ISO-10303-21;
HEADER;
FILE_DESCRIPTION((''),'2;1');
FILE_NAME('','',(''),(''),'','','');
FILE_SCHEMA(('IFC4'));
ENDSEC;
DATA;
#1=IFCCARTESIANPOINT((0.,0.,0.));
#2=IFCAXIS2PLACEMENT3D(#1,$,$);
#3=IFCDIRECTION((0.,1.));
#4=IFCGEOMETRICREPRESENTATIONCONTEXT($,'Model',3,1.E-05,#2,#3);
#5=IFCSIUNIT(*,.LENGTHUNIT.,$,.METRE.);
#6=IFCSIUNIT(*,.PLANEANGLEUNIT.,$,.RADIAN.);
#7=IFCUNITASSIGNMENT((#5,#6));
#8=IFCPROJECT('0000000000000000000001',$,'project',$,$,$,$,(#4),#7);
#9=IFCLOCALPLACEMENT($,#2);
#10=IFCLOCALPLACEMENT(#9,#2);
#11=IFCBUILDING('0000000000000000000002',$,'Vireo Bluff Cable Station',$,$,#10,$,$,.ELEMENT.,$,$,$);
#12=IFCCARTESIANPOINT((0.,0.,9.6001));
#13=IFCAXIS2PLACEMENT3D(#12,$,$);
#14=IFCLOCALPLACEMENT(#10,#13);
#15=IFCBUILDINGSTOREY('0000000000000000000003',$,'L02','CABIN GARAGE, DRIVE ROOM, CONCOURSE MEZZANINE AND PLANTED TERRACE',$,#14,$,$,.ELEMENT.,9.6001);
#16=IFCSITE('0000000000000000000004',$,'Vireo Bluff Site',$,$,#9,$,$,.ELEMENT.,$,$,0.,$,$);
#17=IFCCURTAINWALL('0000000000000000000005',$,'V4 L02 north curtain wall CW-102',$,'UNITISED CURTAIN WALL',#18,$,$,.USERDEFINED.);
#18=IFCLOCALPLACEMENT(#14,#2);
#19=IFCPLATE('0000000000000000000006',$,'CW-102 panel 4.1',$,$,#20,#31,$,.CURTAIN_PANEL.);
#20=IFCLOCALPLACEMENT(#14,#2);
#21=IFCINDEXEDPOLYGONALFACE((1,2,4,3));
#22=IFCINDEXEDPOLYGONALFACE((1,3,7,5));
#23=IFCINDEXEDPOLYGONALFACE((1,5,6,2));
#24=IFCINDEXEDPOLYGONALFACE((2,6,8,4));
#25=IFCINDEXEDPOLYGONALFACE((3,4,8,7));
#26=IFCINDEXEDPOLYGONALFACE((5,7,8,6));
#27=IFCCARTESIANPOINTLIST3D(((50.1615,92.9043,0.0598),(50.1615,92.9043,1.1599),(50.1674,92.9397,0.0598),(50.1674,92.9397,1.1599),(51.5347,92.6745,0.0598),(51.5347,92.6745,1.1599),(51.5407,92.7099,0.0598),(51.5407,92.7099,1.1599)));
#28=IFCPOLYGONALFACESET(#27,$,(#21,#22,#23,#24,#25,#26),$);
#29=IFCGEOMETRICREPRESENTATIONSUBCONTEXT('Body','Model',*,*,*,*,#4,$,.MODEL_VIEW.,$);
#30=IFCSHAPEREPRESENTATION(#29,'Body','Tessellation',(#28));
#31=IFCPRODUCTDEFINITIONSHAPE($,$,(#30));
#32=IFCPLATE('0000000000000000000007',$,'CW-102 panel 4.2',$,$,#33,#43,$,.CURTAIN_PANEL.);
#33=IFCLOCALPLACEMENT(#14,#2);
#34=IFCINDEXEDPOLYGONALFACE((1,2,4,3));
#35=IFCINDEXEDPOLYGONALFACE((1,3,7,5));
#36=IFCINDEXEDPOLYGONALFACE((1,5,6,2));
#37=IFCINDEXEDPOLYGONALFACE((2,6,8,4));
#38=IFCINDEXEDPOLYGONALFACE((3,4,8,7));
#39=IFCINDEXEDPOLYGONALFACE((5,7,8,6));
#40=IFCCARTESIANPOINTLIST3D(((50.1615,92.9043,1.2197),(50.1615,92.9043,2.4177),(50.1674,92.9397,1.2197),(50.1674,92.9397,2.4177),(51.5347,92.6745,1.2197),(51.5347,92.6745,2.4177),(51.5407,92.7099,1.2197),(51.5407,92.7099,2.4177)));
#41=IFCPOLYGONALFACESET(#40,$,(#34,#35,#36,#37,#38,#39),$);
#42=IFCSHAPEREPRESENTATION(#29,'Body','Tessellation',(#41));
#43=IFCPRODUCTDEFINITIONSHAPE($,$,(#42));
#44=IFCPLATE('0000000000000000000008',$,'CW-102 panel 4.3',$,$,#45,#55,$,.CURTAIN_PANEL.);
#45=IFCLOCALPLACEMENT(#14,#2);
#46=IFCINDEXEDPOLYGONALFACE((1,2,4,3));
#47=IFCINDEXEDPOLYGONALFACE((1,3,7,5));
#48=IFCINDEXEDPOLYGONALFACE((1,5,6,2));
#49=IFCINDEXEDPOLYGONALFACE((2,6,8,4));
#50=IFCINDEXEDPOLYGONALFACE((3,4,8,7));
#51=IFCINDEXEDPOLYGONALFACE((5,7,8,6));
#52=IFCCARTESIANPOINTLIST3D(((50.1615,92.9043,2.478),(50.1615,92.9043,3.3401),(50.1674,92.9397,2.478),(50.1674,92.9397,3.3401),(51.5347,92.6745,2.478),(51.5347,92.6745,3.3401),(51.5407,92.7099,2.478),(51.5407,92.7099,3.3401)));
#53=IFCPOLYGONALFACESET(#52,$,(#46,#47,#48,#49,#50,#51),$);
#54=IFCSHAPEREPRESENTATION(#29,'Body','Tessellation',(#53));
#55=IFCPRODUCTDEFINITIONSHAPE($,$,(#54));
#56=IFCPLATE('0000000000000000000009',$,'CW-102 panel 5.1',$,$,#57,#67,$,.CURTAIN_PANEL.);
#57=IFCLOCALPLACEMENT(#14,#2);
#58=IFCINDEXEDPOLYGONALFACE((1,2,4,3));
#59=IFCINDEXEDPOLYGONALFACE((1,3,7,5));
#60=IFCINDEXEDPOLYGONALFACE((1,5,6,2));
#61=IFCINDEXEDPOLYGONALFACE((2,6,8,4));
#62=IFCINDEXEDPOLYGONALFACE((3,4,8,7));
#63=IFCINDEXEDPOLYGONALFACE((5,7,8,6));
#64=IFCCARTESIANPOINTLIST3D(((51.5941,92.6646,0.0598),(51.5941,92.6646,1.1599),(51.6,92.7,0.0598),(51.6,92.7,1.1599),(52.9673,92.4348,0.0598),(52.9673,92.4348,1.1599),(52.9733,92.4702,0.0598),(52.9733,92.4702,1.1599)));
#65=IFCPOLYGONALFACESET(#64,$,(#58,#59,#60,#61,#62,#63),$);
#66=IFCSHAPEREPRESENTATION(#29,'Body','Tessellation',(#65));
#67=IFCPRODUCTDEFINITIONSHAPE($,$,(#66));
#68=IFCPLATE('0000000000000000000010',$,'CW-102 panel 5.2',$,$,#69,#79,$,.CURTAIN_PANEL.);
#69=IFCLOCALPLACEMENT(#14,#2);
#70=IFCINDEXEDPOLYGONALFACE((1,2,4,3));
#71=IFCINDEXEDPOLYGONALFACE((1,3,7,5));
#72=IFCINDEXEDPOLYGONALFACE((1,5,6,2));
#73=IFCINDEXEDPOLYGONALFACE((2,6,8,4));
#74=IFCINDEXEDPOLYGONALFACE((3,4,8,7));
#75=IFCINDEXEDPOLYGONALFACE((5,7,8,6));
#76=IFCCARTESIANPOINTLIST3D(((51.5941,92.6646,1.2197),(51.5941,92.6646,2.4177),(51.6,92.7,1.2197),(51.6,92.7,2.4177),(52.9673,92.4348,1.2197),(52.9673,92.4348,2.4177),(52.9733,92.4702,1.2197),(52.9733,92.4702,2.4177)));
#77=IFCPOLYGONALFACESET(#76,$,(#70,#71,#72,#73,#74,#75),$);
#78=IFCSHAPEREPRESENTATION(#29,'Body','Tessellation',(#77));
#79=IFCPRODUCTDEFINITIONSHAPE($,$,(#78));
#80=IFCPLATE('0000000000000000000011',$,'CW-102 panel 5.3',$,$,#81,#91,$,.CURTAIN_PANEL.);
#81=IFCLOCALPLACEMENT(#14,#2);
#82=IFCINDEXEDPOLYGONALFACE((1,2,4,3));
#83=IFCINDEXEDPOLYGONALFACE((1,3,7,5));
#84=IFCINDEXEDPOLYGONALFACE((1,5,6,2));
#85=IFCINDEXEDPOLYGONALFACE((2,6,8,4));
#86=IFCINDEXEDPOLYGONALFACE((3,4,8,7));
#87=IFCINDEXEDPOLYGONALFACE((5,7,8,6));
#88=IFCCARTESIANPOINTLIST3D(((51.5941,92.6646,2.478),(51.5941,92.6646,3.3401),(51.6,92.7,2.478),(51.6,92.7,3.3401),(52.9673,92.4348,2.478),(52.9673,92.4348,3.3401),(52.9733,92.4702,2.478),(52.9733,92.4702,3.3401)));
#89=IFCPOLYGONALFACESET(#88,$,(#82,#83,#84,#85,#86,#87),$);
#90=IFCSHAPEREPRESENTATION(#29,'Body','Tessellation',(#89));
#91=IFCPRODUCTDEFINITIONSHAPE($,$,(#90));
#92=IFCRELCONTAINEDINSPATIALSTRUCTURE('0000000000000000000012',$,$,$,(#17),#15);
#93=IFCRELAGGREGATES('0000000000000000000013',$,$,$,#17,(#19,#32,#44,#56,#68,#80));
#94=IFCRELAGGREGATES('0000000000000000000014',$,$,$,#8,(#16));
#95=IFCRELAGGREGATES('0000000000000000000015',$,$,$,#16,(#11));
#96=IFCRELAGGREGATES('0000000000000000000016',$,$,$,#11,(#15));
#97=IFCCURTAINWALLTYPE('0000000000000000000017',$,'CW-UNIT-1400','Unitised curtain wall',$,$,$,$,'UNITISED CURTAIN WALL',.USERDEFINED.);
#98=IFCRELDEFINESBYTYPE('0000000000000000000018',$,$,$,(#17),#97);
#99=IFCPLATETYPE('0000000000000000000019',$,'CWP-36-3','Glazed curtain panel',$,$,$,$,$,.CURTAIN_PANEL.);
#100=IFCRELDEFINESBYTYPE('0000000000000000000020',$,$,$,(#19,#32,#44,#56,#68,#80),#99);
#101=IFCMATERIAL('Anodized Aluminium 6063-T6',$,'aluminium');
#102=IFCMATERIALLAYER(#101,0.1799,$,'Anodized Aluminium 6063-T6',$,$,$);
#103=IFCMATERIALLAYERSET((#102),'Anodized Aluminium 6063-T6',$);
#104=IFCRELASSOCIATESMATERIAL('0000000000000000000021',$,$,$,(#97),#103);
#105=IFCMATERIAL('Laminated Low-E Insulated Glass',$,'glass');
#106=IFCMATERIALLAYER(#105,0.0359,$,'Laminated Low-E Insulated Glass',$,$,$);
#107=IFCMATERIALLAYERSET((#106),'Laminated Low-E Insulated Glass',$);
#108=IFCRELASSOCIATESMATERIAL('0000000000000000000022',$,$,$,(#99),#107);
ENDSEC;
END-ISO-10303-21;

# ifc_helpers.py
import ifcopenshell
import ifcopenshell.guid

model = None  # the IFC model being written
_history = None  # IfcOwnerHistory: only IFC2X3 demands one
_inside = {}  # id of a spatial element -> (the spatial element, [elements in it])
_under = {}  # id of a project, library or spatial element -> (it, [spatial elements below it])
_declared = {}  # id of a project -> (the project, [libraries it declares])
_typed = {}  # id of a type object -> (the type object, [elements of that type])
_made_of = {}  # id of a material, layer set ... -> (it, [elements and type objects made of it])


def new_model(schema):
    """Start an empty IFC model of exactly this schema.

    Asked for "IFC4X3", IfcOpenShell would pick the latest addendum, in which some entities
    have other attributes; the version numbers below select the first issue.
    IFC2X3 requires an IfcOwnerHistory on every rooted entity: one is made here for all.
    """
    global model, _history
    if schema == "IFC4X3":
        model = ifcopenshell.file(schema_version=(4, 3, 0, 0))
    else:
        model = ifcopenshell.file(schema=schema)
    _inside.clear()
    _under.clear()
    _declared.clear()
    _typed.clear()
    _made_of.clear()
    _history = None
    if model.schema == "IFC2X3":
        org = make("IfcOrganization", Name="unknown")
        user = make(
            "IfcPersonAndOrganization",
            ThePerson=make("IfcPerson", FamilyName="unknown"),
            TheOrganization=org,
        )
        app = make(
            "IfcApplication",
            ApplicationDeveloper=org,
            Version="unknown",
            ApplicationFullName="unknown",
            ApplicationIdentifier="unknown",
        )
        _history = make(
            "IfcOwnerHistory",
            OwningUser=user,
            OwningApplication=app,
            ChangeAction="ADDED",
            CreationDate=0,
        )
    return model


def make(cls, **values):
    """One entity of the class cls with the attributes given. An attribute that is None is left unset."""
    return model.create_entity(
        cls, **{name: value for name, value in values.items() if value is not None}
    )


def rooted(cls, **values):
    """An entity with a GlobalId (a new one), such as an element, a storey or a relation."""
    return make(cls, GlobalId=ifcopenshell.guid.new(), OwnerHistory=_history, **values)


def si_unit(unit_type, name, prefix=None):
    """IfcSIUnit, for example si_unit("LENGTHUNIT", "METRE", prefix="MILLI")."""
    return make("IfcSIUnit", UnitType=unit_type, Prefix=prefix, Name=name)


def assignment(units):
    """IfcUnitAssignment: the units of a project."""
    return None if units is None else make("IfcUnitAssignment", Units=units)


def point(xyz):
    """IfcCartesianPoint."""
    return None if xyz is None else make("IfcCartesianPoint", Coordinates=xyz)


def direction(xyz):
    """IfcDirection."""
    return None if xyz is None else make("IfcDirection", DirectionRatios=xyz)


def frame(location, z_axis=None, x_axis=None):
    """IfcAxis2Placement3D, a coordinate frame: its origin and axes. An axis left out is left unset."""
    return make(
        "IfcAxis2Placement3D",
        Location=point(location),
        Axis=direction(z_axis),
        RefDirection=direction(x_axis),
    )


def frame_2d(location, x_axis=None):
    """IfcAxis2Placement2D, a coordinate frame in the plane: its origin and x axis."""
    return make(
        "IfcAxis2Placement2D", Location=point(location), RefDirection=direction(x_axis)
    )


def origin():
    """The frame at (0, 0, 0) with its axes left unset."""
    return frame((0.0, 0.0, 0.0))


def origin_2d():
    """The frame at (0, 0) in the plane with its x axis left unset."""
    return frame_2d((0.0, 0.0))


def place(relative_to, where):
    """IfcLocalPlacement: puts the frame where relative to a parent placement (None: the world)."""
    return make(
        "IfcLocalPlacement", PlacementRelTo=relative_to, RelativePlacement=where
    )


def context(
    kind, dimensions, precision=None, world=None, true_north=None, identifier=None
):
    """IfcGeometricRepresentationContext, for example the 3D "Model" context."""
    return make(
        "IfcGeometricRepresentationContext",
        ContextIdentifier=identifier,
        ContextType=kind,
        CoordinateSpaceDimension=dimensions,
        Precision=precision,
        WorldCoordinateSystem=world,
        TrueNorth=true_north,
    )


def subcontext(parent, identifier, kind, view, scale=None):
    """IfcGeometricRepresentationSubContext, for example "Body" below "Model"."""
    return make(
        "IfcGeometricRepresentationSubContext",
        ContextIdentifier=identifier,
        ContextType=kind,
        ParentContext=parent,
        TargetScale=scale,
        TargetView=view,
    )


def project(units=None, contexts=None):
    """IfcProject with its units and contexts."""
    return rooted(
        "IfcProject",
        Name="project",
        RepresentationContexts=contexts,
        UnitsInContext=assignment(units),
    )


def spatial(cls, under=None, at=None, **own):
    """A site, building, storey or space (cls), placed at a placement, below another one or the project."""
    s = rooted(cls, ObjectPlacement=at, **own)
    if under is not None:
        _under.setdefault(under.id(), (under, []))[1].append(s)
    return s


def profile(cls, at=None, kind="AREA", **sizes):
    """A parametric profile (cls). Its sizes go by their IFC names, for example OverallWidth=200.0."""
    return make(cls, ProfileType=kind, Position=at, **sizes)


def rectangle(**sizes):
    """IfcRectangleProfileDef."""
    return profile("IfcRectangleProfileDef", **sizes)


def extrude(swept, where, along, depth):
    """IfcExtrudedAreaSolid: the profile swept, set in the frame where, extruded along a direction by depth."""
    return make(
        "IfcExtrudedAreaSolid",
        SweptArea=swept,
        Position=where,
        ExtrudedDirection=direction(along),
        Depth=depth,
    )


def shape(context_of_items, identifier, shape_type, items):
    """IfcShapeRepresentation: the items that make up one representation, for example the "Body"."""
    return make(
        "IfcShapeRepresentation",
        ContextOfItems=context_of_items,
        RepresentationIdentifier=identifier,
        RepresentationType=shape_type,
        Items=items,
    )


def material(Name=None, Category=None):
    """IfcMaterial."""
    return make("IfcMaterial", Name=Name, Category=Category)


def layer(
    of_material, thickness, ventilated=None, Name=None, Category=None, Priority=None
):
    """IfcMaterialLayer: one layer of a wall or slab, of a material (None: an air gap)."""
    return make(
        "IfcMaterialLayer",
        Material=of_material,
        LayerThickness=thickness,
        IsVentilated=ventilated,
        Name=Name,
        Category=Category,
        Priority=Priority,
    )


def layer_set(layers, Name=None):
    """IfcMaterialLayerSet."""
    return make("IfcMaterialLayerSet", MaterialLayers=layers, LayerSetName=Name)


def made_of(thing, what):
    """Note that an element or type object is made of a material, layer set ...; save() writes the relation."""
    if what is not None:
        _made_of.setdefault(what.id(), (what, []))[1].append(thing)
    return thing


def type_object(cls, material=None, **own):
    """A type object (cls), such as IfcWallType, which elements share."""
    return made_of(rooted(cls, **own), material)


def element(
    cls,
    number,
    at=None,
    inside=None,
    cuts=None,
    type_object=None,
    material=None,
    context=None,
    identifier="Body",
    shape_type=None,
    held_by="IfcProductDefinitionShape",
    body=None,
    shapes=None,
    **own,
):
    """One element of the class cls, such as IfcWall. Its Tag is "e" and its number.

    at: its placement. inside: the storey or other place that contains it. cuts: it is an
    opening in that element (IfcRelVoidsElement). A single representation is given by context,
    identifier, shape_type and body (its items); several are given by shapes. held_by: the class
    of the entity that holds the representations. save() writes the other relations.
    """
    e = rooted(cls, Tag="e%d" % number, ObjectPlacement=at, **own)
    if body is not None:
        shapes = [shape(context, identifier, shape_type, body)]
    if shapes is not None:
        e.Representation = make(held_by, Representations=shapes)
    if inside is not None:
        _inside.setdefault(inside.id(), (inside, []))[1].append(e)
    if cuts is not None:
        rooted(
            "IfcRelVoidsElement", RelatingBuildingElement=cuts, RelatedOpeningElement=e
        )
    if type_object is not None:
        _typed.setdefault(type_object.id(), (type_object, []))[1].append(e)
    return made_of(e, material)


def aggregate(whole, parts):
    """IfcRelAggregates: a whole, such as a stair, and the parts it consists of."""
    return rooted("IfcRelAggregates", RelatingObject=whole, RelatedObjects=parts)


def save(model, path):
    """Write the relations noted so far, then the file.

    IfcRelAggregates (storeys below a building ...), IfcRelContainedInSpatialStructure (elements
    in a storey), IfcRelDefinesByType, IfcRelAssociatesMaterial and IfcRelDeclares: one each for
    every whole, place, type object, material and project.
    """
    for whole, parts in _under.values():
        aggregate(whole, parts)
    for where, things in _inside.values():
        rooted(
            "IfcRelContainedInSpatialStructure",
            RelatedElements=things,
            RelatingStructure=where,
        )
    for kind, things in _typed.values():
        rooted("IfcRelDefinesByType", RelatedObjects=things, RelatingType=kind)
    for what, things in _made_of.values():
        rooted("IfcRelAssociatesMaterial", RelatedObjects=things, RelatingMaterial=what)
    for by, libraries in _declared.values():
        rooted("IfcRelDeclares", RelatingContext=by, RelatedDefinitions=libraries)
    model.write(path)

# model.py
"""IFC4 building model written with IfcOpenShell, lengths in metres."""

from ifc_helpers import new_model, si_unit, direction, frame, origin, origin_2d, place, context, subcontext, project, spatial, rectangle, extrude, material, layer, layer_set, type_object, element, aggregate, save


model = new_model("IFC4")

# Units and contexts
model_context = context("Model", 3, precision=1e-05, world=origin(), true_north=direction((0.0, 1.0)))
body_context = subcontext(model_context, "Body", "Model", "MODEL_VIEW")
ifc_project = project(units=[si_unit("LENGTHUNIT", "METRE"), si_unit("PLANEANGLEUNIT", "RADIAN")], contexts=[model_context])

# Site, building, storey
site_placement = place(None, origin())
site = spatial("IfcSite", under=ifc_project, at=site_placement, Name="Vireo Bluff Site", CompositionType="ELEMENT", RefElevation=0.0)
building_placement = place(site_placement, origin())
building = spatial("IfcBuilding", under=site, at=building_placement, Name="Vireo Bluff Cable Station", CompositionType="ELEMENT")
storey_placement = place(building_placement, frame((0.0, 0.0, 9.6001)))
storey = spatial("IfcBuildingStorey", under=building, at=storey_placement, Name="L02", Description="CABIN GARAGE, DRIVE ROOM, CONCOURSE MEZZANINE AND PLANTED TERRACE", CompositionType="ELEMENT", Elevation=9.6001)

# Curtain wall
ifc_material_1 = material(Name="Anodized Aluminium 6063-T6", Category="aluminium")
ifc_layer_1 = layer(ifc_material_1, 0.1799, Name="Anodized Aluminium 6063-T6")
ifc_layer_set_1 = layer_set([ifc_layer_1], Name="Anodized Aluminium 6063-T6")
curtain_wall_type = type_object("IfcCurtainWallType", Name="CW-UNIT-1400", Description="Unitised curtain wall", ElementType="UNITISED CURTAIN WALL", PredefinedType="USERDEFINED", material=ifc_layer_set_1)
curtain_wall_placement = place(storey_placement, origin())
curtain_wall = element("IfcCurtainWall", 1, at=curtain_wall_placement, inside=storey, type_object=curtain_wall_type, Name="V4 L02 north curtain wall CW-102", ObjectType="UNITISED CURTAIN WALL", PredefinedType="USERDEFINED")

# Plates
ifc_material_2 = material(Name="Laminated Low-E Insulated Glass", Category="glass")
ifc_layer_2 = layer(ifc_material_2, 0.0359, Name="Laminated Low-E Insulated Glass")
ifc_layer_set_2 = layer_set([ifc_layer_2], Name="Laminated Low-E Insulated Glass")
plate_type = type_object("IfcPlateType", Name="CWP-36-3", Description="Glazed curtain panel", PredefinedType="CURTAIN_PANEL", material=ifc_layer_set_2)
plate_1_placement = place(storey_placement, frame((50.8511, 92.8071, 0.0598), z_axis=(0.0, 0.0, 1.0), x_axis=(0.986286, -0.165048, 0.0)))
plate_1 = element("IfcPlate", 2, at=plate_1_placement, type_object=plate_type, Name="CW-102 panel 4.1", PredefinedType="CURTAIN_PANEL", context=body_context, shape_type="SweptSolid", body=[
    extrude(rectangle(XDim=1.3923, YDim=0.0359, at=origin_2d()), origin(), (0.0, 0.0, 1.0), 1.1001),
])
plate_2_placement = place(storey_placement, frame((50.8511, 92.8071, 1.2197), z_axis=(0.0, 0.0, 1.0), x_axis=(0.986286, -0.165048, 0.0)))
plate_2 = element("IfcPlate", 3, at=plate_2_placement, type_object=plate_type, Name="CW-102 panel 4.2", PredefinedType="CURTAIN_PANEL", context=body_context, shape_type="SweptSolid", body=[
    extrude(rectangle(XDim=1.3923, YDim=0.0359, at=origin_2d()), origin(), (0.0, 0.0, 1.0), 1.198),
])
plate_3_placement = place(storey_placement, frame((50.8511, 92.8071, 2.478), z_axis=(0.0, 0.0, 1.0), x_axis=(0.986286, -0.165048, 0.0)))
plate_3 = element("IfcPlate", 4, at=plate_3_placement, type_object=plate_type, Name="CW-102 panel 4.3", PredefinedType="CURTAIN_PANEL", context=body_context, shape_type="SweptSolid", body=[
    extrude(rectangle(XDim=1.3923, YDim=0.0359, at=origin_2d()), origin(), (0.0, 0.0, 1.0), 0.8621),
])
plate_4_placement = place(storey_placement, frame((52.2837, 92.5674, 0.0598), z_axis=(0.0, 0.0, 1.0), x_axis=(0.986286, -0.165048, 0.0)))
plate_4 = element("IfcPlate", 5, at=plate_4_placement, type_object=plate_type, Name="CW-102 panel 5.1", PredefinedType="CURTAIN_PANEL", context=body_context, shape_type="SweptSolid", body=[
    extrude(rectangle(XDim=1.3923, YDim=0.0359, at=origin_2d()), origin(), (0.0, 0.0, 1.0), 1.1001),
])
plate_5_placement = place(storey_placement, frame((52.2837, 92.5674, 1.2197), z_axis=(0.0, 0.0, 1.0), x_axis=(0.986286, -0.165048, 0.0)))
plate_5 = element("IfcPlate", 6, at=plate_5_placement, type_object=plate_type, Name="CW-102 panel 5.2", PredefinedType="CURTAIN_PANEL", context=body_context, shape_type="SweptSolid", body=[
    extrude(rectangle(XDim=1.3923, YDim=0.0359, at=origin_2d()), origin(), (0.0, 0.0, 1.0), 1.198),
])
plate_6_placement = place(storey_placement, frame((52.2837, 92.5674, 2.478), z_axis=(0.0, 0.0, 1.0), x_axis=(0.986286, -0.165048, 0.0)))
plate_6 = element("IfcPlate", 7, at=plate_6_placement, type_object=plate_type, Name="CW-102 panel 5.3", PredefinedType="CURTAIN_PANEL", context=body_context, shape_type="SweptSolid", body=[
    extrude(rectangle(XDim=1.3923, YDim=0.0359, at=origin_2d()), origin(), (0.0, 0.0, 1.0), 0.8621),
])
aggregate(curtain_wall, [plate_1, plate_2, plate_3, plate_4, plate_5, plate_6])

save(model, "model.ifc")
